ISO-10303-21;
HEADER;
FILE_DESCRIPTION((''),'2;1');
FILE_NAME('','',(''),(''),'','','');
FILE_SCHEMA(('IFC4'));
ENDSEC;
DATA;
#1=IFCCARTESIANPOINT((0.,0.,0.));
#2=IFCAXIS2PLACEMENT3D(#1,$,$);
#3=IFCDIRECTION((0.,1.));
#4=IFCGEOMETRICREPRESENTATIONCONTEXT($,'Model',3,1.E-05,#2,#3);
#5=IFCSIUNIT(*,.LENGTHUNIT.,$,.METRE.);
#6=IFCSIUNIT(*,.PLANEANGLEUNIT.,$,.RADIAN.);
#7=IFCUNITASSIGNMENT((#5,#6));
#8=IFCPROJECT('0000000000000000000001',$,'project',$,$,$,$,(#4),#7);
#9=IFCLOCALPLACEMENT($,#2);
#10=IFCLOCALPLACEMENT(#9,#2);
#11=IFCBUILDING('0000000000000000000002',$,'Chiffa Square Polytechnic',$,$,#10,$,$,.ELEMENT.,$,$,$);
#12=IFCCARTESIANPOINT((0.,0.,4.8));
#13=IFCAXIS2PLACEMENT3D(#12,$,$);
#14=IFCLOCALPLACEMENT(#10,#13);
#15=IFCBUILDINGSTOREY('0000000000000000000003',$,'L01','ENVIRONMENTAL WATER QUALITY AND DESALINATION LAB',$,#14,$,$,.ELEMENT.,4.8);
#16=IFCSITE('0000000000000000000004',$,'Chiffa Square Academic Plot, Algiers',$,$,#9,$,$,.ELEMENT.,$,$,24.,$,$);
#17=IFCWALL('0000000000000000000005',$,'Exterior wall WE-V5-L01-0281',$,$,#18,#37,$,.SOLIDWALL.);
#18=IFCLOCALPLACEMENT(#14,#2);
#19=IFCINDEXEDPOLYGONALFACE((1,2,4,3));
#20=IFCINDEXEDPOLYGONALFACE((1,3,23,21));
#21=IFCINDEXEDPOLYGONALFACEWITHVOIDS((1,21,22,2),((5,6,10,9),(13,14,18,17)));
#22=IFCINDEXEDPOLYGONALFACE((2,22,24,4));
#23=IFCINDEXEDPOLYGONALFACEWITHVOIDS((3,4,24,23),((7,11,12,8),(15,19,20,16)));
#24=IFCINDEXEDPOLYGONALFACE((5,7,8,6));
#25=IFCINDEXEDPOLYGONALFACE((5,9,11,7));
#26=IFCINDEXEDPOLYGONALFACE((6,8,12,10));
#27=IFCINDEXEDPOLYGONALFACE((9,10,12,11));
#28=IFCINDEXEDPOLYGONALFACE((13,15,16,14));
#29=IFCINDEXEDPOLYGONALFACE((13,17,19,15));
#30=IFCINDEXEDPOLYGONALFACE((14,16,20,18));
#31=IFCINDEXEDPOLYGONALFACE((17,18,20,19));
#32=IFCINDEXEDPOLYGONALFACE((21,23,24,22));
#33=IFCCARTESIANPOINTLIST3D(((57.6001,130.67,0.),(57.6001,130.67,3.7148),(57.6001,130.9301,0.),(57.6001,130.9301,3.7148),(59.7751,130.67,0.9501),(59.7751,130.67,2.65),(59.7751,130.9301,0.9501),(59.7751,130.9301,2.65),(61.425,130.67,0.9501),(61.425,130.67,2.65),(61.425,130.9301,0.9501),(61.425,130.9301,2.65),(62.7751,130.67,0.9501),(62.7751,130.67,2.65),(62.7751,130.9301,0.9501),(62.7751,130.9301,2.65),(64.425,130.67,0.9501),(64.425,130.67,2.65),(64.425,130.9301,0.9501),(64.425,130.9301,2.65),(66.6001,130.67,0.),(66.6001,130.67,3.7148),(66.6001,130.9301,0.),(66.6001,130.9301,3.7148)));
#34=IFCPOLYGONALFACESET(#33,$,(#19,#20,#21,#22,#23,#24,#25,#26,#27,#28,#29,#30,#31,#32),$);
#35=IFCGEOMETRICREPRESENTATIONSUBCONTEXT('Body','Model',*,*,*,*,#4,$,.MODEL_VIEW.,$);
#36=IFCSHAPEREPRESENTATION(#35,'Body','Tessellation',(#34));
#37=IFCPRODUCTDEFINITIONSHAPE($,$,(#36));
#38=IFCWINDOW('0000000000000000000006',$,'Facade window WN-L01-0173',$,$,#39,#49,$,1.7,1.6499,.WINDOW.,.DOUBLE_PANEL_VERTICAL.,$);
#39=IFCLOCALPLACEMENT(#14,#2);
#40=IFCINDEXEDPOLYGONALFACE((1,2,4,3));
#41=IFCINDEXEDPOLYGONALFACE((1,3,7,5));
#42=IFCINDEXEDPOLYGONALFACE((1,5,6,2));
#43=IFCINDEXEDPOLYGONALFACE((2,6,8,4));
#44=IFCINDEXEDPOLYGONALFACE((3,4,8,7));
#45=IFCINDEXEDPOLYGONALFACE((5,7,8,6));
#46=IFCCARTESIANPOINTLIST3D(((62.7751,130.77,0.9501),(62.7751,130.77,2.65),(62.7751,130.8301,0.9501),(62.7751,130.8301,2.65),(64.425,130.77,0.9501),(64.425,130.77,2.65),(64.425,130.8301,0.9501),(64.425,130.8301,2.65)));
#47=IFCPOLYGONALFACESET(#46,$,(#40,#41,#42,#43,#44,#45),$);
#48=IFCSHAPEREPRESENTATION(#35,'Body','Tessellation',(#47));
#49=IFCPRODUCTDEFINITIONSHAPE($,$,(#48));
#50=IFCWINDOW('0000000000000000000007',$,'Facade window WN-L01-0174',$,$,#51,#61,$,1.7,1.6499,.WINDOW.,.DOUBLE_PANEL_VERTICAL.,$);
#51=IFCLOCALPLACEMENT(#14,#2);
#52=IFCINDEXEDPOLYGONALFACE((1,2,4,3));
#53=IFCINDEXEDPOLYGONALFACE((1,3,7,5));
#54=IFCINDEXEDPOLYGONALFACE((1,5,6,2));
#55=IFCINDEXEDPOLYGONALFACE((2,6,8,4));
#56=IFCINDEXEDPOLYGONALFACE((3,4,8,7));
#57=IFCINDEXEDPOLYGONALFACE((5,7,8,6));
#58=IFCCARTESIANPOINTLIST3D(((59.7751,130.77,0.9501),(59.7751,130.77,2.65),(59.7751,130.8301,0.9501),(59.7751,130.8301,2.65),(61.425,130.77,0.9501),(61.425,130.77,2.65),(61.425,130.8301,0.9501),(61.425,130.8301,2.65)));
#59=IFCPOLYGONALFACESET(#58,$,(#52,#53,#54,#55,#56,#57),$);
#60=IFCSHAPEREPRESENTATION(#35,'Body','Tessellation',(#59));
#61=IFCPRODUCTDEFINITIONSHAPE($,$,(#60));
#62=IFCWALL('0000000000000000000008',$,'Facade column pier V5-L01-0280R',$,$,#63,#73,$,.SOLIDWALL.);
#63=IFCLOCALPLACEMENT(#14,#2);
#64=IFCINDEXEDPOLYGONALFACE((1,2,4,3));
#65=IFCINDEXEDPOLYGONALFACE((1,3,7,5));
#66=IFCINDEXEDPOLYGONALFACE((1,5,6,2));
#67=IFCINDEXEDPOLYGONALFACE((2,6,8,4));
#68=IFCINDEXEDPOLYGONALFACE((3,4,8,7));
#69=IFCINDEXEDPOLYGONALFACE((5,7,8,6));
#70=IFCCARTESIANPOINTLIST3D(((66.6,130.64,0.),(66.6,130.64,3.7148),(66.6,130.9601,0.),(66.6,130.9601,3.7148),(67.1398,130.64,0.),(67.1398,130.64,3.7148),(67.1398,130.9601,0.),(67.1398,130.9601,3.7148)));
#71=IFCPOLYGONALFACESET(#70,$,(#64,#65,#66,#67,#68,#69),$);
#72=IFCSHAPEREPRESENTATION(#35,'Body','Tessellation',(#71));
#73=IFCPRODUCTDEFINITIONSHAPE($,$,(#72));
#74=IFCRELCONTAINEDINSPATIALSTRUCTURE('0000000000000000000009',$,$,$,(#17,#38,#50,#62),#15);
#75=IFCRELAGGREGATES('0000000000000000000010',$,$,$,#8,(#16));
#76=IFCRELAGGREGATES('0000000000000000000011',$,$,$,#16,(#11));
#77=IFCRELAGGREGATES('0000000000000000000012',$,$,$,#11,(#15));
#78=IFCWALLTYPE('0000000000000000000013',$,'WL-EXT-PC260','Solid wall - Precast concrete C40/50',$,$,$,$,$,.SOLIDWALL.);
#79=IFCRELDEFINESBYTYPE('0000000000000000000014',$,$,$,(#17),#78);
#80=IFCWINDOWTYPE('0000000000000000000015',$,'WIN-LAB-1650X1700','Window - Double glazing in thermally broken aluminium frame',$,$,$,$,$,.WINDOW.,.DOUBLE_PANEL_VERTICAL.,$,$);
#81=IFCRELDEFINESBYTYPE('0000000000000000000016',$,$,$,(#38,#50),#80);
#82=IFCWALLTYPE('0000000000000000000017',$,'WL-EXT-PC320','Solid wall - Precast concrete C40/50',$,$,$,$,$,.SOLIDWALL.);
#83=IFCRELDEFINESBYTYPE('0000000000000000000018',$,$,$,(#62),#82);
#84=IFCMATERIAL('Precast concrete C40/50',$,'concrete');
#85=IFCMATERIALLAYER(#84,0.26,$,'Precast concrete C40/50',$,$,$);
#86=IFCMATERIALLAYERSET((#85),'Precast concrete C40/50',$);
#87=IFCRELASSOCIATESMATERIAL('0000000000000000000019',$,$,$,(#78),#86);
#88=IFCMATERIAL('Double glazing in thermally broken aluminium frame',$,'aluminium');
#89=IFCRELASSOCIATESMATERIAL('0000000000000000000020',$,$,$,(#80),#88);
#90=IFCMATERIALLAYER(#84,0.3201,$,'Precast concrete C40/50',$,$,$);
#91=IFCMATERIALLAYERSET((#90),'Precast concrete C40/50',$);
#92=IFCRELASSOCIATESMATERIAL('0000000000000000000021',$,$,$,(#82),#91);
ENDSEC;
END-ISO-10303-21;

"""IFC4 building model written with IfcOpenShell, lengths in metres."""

from ifc_helpers import new_model, si_unit, direction, frame, frame_2d, origin, place, context, subcontext, project, spatial, rectangle, extrude, material, layer, layer_set, type_object, element, fill, save


model = new_model("IFC4")

# Units and contexts
model_context = context("Model", 3, precision=1e-05, world=origin(), true_north=direction((0.0, 1.0)))
body_context = subcontext(model_context, "Body", "Model", "MODEL_VIEW")
ifc_project = project(units=[si_unit("LENGTHUNIT", "METRE"), si_unit("PLANEANGLEUNIT", "RADIAN")], contexts=[model_context])

# Site, building, storey
site_placement = place(None, origin())
site = spatial("IfcSite", under=ifc_project, at=site_placement, Name="Chiffa Square Academic Plot, Algiers", CompositionType="ELEMENT", RefElevation=24.0)
building_placement = place(site_placement, origin())
building = spatial("IfcBuilding", under=site, at=building_placement, Name="Chiffa Square Polytechnic", CompositionType="ELEMENT")
storey_placement = place(building_placement, frame((0.0, 0.0, 4.8)))
storey = spatial("IfcBuildingStorey", under=building, at=storey_placement, Name="L01", Description="ENVIRONMENTAL WATER QUALITY AND DESALINATION LAB", CompositionType="ELEMENT", Elevation=4.8)

# Wall, openings, windows
ifc_material_1 = material(Name="Precast concrete C40/50", Category="concrete")
ifc_layer_1 = layer(ifc_material_1, 0.26, Name="Precast concrete C40/50")
ifc_layer_set_1 = layer_set([ifc_layer_1], Name="Precast concrete C40/50")
wall_type_1 = type_object("IfcWallType", Name="WL-EXT-PC260", Description="Solid wall - Precast concrete C40/50", PredefinedType="SOLIDWALL", material=ifc_layer_set_1)
wall_1_placement = place(storey_placement, frame((66.6001, 130.8, 0.0), z_axis=(0.0, 0.0, 1.0), x_axis=(-1.0, 0.0, 0.0)))
wall_1 = element("IfcWall", 1, at=wall_1_placement, inside=storey, type_object=wall_type_1, Name="Exterior wall WE-V5-L01-0281", PredefinedType="SOLIDWALL", context=body_context, shape_type="SweptSolid", body=[
    extrude(rectangle(XDim=9.0, YDim=0.26, at=frame_2d((4.5, 0.0))), origin(), (0.0, 0.0, 1.0), 3.7148),
])
opening_1_placement = place(wall_1_placement, frame((2.175, 0.0, 0.95)))
opening_1 = element("IfcOpeningElement", 2, at=opening_1_placement, cuts=wall_1, PredefinedType="OPENING", context=body_context, shape_type="SweptSolid", body=[
    extrude(rectangle(XDim=1.6499, YDim=1.7, at=frame_2d((0.825, 0.8501))), frame((0.0, 0.1401, 0.0), z_axis=(0.0, -1.0, 0.0), x_axis=(1.0, 0.0, 0.0)), (0.0, 0.0, 1.0), 0.28),
])
opening_2_placement = place(wall_1_placement, frame((5.175, 0.0, 0.95)))
opening_2 = element("IfcOpeningElement", 3, at=opening_2_placement, cuts=wall_1, PredefinedType="OPENING", context=body_context, shape_type="SweptSolid", body=[
    extrude(rectangle(XDim=1.6499, YDim=1.7, at=frame_2d((0.825, 0.8501))), frame((0.0, 0.1401, 0.0), z_axis=(0.0, -1.0, 0.0), x_axis=(1.0, 0.0, 0.0)), (0.0, 0.0, 1.0), 0.28),
])
ifc_material_2 = material(Name="Double glazing in thermally broken aluminium frame", Category="aluminium")
window_type = type_object("IfcWindowType", Name="WIN-LAB-1650X1700", Description="Window - Double glazing in thermally broken aluminium frame", PartitioningType="DOUBLE_PANEL_VERTICAL", PredefinedType="WINDOW", material=ifc_material_2)
window_1_placement = place(opening_1_placement, origin())
window_1 = element("IfcWindow", 4, at=window_1_placement, inside=storey, type_object=window_type, Name="Facade window WN-L01-0173", OverallHeight=1.7, OverallWidth=1.6499, PartitioningType="DOUBLE_PANEL_VERTICAL", PredefinedType="WINDOW", context=body_context, shape_type="SweptSolid", body=[
    extrude(rectangle(XDim=1.6499, YDim=1.7, at=frame_2d((0.825, 0.8501))), frame((0.0, 0.03, 0.0), z_axis=(0.0, -1.0, 0.0), x_axis=(1.0, 0.0, 0.0)), (0.0, 0.0, 1.0), 0.0601),
])
fill(opening_1, window_1)
window_2_placement = place(opening_2_placement, origin())
window_2 = element("IfcWindow", 5, at=window_2_placement, inside=storey, type_object=window_type, Name="Facade window WN-L01-0174", OverallHeight=1.7, OverallWidth=1.6499, PartitioningType="DOUBLE_PANEL_VERTICAL", PredefinedType="WINDOW", context=body_context, shape_type="SweptSolid", body=[
    extrude(rectangle(XDim=1.6499, YDim=1.7, at=frame_2d((0.825, 0.8501))), frame((0.0, 0.03, 0.0), z_axis=(0.0, -1.0, 0.0), x_axis=(1.0, 0.0, 0.0)), (0.0, 0.0, 1.0), 0.0601),
])
fill(opening_2, window_2)

# Wall
ifc_layer_2 = layer(ifc_material_1, 0.3201, Name="Precast concrete C40/50")
ifc_layer_set_2 = layer_set([ifc_layer_2], Name="Precast concrete C40/50")
wall_type_2 = type_object("IfcWallType", Name="WL-EXT-PC320", Description="Solid wall - Precast concrete C40/50", PredefinedType="SOLIDWALL", material=ifc_layer_set_2)
wall_2_placement = place(storey_placement, frame((67.1399, 130.8, 0.0), z_axis=(0.0, 0.0, 1.0), x_axis=(-1.0, 0.0, 0.0)))
element("IfcWall", 6, at=wall_2_placement, inside=storey, type_object=wall_type_2, Name="Facade column pier V5-L01-0280R", PredefinedType="SOLIDWALL", context=body_context, shape_type="SweptSolid", body=[
    extrude(rectangle(XDim=0.5398, YDim=0.3201, at=frame_2d((0.27, 0.0))), origin(), (0.0, 0.0, 1.0), 3.7148),
])

save(model, "model.ifc")
